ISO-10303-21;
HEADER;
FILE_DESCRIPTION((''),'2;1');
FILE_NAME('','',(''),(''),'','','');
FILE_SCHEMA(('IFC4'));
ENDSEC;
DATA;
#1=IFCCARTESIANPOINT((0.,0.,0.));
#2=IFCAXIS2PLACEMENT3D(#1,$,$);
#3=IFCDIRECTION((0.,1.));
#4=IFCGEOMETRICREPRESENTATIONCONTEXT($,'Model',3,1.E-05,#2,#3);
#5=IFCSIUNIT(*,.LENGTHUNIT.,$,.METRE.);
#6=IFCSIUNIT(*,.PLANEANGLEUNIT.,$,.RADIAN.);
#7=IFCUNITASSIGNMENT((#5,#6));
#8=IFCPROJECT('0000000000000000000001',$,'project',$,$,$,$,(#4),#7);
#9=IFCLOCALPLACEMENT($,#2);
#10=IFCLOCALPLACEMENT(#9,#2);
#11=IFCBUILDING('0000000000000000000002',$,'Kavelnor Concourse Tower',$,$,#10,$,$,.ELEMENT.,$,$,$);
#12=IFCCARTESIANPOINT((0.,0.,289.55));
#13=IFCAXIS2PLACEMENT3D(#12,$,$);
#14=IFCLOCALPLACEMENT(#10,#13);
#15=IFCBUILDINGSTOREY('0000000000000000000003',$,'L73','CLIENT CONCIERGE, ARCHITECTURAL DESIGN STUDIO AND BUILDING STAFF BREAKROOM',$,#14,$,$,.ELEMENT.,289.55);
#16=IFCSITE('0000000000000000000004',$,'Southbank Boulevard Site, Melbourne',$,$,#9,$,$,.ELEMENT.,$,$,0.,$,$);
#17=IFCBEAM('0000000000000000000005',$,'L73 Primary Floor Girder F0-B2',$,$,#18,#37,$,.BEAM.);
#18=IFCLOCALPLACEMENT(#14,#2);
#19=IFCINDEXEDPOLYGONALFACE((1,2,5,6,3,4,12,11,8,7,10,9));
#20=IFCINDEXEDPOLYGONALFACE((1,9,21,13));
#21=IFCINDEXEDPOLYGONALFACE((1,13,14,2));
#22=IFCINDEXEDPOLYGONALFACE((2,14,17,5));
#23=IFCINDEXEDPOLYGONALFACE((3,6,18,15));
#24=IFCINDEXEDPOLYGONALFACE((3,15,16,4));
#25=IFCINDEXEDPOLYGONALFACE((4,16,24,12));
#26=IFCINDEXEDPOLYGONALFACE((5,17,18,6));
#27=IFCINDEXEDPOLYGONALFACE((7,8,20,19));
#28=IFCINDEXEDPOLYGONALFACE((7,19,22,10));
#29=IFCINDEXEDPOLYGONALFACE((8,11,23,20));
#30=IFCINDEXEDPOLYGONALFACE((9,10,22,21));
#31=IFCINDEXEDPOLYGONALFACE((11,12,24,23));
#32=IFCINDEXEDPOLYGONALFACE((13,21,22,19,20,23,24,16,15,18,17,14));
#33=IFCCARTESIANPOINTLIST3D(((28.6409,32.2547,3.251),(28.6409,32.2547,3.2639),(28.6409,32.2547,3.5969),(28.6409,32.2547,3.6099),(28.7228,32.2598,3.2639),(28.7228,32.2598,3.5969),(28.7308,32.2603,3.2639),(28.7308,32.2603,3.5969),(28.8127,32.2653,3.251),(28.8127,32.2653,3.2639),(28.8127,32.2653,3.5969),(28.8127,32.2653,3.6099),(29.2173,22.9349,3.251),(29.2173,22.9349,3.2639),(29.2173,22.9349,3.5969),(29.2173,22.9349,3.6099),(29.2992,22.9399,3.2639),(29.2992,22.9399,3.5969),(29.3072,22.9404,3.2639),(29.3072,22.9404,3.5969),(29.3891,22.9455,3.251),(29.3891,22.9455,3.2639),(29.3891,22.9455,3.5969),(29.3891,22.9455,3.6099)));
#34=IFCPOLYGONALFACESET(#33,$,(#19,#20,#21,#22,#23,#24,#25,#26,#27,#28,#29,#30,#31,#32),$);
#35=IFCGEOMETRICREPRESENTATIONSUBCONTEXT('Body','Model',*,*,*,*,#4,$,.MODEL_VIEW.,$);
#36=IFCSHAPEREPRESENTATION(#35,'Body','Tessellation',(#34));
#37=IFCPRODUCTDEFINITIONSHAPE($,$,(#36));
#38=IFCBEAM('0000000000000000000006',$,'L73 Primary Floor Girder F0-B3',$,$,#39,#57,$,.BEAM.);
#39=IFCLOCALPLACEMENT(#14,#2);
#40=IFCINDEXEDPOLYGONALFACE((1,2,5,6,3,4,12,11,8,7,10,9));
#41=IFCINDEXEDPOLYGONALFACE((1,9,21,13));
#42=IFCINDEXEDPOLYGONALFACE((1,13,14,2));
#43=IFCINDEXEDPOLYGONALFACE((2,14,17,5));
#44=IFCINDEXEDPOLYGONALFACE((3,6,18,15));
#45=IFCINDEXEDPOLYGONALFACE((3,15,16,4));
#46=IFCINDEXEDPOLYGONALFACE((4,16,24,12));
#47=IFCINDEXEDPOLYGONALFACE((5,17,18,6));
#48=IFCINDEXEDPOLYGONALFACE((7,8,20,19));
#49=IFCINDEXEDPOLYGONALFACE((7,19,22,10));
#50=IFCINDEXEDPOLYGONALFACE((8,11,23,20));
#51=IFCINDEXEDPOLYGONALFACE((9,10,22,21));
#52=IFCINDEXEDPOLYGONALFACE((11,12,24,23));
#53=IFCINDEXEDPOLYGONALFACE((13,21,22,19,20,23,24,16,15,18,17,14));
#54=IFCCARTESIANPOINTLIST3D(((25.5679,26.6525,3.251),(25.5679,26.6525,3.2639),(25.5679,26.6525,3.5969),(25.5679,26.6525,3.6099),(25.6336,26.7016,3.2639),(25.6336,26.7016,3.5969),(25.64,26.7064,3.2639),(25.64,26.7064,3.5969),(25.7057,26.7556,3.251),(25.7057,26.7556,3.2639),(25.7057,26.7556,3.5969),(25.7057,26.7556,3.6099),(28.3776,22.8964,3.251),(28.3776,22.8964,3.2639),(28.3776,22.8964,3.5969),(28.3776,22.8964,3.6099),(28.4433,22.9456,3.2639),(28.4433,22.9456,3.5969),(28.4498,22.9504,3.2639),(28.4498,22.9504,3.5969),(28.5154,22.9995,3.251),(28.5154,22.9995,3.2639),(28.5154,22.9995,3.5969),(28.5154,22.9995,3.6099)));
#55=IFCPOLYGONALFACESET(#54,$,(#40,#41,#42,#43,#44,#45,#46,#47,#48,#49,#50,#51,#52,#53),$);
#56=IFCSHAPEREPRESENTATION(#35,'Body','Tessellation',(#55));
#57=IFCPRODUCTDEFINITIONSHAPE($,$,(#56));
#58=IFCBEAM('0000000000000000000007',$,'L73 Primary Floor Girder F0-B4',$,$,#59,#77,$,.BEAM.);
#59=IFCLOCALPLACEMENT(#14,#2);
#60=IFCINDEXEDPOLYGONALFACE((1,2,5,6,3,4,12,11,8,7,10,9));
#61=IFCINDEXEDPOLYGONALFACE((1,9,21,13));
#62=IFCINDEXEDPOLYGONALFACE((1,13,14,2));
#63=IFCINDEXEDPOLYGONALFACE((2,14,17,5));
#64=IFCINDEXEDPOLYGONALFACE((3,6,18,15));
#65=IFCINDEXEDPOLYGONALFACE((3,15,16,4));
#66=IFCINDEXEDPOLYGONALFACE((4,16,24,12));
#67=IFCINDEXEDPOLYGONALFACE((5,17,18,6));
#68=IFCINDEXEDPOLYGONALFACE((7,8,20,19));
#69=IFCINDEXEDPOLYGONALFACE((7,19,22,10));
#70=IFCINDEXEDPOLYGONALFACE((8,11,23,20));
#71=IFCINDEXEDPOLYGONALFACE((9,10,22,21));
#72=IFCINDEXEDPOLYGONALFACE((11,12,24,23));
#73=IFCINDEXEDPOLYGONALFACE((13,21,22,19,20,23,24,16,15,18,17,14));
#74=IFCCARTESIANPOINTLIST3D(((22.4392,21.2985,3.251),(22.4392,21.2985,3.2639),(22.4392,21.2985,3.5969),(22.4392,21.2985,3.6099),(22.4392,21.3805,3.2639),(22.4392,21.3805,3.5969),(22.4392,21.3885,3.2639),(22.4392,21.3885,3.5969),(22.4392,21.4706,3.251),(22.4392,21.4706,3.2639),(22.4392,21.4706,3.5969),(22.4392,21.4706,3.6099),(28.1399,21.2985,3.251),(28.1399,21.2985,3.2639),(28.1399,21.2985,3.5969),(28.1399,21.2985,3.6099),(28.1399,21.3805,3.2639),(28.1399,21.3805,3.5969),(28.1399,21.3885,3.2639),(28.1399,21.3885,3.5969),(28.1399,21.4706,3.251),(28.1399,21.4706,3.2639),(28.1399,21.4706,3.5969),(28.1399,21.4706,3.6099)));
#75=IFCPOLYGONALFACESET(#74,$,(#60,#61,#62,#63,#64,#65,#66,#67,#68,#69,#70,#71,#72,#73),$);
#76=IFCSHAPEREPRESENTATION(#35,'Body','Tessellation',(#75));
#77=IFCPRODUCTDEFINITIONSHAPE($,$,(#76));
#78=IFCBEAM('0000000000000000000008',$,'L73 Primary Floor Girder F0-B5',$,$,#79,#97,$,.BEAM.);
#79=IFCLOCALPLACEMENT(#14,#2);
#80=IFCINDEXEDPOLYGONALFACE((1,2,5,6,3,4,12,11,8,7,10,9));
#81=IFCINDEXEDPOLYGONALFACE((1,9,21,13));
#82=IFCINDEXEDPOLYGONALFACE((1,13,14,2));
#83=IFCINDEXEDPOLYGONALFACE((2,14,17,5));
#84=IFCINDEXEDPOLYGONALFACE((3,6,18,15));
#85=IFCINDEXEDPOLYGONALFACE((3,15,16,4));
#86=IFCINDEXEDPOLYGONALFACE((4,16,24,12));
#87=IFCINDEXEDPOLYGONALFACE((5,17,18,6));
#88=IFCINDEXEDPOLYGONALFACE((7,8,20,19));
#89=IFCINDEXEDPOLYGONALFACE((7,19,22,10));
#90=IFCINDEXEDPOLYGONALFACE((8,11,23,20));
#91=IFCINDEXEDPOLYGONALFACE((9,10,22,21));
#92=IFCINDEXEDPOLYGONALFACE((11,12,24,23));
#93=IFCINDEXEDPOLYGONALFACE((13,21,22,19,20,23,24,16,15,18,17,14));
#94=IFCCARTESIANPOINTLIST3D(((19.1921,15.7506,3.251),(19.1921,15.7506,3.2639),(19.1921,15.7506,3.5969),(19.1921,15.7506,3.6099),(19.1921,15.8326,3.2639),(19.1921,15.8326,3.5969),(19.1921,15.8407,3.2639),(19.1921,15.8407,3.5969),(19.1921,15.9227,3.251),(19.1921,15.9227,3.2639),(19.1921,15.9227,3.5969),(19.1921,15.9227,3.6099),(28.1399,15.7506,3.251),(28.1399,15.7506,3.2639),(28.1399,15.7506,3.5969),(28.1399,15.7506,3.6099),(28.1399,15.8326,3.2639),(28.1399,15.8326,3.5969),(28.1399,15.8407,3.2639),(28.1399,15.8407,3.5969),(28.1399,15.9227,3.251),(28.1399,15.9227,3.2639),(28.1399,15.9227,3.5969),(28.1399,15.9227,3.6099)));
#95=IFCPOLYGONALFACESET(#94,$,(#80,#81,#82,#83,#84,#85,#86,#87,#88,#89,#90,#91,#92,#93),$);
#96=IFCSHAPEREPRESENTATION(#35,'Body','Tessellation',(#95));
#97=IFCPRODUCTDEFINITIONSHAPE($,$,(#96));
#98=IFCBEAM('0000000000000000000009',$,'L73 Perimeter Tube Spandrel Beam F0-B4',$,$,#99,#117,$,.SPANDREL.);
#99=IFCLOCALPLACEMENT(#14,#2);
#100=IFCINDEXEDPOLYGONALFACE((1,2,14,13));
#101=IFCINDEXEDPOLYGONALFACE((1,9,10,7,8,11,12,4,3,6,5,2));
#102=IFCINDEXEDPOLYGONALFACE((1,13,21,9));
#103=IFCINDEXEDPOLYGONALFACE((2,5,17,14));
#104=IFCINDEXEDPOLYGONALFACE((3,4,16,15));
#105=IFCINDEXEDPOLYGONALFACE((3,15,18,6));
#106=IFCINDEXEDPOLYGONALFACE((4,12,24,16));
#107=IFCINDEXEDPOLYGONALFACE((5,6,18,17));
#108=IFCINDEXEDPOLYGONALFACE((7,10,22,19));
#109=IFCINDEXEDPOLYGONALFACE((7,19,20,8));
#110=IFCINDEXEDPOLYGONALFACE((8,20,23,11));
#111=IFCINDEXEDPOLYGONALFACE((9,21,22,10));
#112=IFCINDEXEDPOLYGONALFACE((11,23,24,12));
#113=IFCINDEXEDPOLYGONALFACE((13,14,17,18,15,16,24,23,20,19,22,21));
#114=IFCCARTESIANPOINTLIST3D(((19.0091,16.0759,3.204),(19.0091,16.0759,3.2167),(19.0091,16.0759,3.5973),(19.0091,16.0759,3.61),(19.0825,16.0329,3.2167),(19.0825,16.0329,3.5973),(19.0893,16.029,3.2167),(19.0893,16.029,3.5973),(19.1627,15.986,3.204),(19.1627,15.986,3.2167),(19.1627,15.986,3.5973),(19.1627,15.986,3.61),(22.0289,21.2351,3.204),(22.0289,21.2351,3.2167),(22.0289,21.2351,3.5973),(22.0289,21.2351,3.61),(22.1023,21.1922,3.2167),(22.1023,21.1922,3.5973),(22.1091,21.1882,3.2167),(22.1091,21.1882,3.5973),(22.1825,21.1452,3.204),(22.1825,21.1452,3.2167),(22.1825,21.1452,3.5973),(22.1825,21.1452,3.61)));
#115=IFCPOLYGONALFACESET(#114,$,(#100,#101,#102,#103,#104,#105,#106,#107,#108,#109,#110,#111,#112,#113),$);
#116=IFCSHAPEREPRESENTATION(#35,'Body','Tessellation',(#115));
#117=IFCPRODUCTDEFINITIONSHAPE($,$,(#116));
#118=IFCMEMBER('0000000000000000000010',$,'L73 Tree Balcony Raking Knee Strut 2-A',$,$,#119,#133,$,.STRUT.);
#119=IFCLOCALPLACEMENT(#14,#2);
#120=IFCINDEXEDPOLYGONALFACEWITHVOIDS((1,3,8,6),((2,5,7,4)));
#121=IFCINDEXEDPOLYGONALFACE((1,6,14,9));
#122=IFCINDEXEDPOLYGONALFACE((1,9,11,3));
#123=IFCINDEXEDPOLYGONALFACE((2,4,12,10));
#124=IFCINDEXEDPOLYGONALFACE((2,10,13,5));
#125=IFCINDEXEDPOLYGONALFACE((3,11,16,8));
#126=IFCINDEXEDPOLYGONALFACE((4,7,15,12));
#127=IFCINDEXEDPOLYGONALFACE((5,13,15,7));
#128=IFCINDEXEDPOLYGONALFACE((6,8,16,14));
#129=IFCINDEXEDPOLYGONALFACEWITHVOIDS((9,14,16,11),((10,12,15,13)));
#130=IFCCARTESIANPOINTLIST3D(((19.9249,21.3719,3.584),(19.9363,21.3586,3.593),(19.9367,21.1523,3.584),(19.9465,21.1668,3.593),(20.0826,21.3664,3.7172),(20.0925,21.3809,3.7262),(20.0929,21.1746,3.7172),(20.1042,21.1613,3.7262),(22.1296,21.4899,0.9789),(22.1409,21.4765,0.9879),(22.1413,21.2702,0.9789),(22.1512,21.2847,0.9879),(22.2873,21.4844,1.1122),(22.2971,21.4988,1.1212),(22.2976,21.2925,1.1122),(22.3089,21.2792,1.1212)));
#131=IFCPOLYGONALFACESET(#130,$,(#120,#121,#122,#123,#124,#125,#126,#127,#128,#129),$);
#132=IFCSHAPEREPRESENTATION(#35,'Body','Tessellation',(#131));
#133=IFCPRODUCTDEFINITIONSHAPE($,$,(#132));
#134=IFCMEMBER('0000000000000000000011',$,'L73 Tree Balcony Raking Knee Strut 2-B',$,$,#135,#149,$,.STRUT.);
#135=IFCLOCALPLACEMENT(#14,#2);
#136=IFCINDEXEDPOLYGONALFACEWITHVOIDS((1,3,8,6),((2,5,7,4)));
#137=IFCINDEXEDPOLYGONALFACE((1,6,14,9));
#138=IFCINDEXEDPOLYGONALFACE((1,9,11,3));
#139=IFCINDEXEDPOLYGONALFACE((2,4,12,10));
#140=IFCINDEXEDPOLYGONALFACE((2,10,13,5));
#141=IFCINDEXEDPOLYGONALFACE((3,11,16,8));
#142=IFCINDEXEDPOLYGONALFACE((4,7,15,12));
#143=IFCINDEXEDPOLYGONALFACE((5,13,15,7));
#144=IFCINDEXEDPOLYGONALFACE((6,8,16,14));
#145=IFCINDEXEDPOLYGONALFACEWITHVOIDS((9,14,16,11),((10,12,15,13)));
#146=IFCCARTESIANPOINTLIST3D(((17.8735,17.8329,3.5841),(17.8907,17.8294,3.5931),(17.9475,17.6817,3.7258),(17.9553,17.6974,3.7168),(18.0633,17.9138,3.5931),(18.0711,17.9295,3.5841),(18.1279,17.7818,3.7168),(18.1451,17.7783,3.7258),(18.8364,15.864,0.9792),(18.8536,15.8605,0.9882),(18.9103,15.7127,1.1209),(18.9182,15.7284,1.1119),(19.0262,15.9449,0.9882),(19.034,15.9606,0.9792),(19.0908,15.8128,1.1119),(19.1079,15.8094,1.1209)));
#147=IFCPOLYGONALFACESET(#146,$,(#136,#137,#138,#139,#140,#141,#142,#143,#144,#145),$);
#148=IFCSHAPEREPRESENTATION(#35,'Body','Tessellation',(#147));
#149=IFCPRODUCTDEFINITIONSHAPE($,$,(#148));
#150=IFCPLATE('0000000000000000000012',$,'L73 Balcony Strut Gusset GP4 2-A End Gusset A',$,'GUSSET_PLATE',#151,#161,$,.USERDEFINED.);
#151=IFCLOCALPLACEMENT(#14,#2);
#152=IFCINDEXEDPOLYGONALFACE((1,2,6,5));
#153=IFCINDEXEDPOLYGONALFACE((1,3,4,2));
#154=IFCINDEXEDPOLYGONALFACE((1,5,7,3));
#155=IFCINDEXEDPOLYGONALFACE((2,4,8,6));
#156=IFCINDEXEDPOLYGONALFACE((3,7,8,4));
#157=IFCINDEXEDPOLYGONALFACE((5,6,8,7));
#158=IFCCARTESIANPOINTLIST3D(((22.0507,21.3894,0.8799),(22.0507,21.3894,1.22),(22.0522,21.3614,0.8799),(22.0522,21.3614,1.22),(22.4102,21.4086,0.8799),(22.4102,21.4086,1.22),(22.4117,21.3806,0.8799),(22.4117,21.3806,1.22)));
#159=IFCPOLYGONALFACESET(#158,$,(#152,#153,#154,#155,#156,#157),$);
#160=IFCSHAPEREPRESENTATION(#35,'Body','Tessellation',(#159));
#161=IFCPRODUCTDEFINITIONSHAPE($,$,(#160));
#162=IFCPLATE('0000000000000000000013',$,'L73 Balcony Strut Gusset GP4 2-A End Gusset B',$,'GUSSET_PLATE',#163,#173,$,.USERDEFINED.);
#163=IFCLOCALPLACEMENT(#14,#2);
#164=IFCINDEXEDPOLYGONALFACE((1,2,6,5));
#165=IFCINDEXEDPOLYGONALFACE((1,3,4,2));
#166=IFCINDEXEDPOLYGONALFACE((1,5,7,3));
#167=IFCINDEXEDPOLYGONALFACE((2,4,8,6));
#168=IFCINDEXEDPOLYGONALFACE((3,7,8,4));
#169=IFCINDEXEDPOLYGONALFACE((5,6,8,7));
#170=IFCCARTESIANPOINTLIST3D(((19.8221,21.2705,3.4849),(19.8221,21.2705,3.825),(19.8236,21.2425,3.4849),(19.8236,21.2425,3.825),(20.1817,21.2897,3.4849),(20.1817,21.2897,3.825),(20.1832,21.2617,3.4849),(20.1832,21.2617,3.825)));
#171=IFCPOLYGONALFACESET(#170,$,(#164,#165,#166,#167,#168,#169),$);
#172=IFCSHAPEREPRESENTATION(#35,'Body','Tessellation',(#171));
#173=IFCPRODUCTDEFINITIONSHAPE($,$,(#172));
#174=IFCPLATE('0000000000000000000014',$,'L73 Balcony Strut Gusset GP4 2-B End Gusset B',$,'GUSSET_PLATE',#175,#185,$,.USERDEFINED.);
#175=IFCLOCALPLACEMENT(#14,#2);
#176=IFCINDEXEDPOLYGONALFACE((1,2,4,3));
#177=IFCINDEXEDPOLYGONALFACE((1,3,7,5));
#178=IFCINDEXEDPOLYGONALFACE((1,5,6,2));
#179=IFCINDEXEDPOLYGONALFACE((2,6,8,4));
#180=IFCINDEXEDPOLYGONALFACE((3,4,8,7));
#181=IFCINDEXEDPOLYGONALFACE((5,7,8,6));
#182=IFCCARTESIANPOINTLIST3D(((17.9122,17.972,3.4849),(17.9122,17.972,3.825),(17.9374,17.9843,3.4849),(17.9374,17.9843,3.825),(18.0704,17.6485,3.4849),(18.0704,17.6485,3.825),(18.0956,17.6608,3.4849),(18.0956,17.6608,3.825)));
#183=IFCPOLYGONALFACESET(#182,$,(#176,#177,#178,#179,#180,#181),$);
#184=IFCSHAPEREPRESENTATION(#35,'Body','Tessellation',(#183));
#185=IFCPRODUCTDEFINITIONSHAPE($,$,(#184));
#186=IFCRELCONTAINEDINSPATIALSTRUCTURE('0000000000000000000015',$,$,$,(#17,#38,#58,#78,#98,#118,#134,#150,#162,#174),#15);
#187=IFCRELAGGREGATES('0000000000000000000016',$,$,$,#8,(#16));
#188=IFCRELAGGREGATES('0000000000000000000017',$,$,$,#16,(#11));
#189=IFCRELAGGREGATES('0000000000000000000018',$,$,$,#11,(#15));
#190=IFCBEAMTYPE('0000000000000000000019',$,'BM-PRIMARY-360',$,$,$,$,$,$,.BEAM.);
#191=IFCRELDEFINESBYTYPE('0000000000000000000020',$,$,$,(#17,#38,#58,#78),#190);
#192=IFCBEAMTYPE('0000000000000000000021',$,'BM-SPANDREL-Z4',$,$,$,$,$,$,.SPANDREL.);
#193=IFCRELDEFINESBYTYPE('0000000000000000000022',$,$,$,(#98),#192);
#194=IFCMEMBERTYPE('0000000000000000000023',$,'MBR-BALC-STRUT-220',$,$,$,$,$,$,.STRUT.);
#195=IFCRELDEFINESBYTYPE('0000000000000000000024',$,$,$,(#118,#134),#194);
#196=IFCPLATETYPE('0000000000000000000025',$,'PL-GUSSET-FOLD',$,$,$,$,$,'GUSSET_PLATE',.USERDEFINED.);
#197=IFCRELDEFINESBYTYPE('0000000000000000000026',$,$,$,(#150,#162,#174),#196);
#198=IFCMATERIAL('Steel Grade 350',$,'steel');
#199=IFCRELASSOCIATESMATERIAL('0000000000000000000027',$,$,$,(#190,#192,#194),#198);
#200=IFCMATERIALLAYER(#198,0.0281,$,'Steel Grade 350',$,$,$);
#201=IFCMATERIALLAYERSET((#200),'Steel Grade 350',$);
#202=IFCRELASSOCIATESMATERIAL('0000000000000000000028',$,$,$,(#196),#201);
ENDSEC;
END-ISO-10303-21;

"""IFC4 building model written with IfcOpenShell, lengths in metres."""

from ifc_helpers import new_model, si_unit, direction, frame, origin, origin_2d, place, context, subcontext, project, spatial, rectangle, hollow_rectangle, i_section, extrude, material, layer, layer_set, material_profile, profile_set, type_object, element, save


model = new_model("IFC4")

# Units and contexts
model_context = context("Model", 3, precision=1e-05, world=origin(), true_north=direction((0.0, 1.0)))
body_context = subcontext(model_context, "Body", "Model", "MODEL_VIEW")
ifc_project = project(units=[si_unit("LENGTHUNIT", "METRE"), si_unit("PLANEANGLEUNIT", "RADIAN")], contexts=[model_context])

# Site, building, storey
site_placement = place(None, origin())
site = spatial("IfcSite", under=ifc_project, at=site_placement, Name="Southbank Boulevard Site, Melbourne", CompositionType="ELEMENT", RefElevation=0.0)
building_placement = place(site_placement, origin())
building = spatial("IfcBuilding", under=site, at=building_placement, Name="Kavelnor Concourse Tower", CompositionType="ELEMENT")
storey_placement = place(building_placement, frame((0.0, 0.0, 289.55)))
storey = spatial("IfcBuildingStorey", under=building, at=storey_placement, Name="L73", Description="CLIENT CONCIERGE, ARCHITECTURAL DESIGN STUDIO AND BUILDING STAFF BREAKROOM", CompositionType="ELEMENT", Elevation=289.55)

# Shared definitions
ifc_material_1 = material(Name="Steel Grade 350", Category="steel")

# Beams
ifc_material_profile_1 = material_profile(ifc_material_1, i_section(OverallWidth=0.1721, OverallDepth=0.3589, WebThickness=0.0081, FlangeThickness=0.0129, at=origin_2d()), Name="360UB56")
ifc_profile_set_1 = profile_set([ifc_material_profile_1], Name="Steel Grade 350")
beam_type_1 = type_object("IfcBeamType", Name="BM-PRIMARY-360", PredefinedType="BEAM", material=ifc_profile_set_1)
beam_1_placement = place(storey_placement, frame((29.3032, 22.9402, 3.4304), z_axis=(-0.06173, 0.998093, 0.0), x_axis=(-0.998093, -0.06173, 0.0)))
element("IfcBeam", 1, at=beam_1_placement, inside=storey, type_object=beam_type_1, Name="L73 Primary Floor Girder F0-B2", PredefinedType="BEAM", context=body_context, shape_type="SweptSolid", body=[
    extrude(i_section(OverallWidth=0.1721, OverallDepth=0.3589, WebThickness=0.0081, FlangeThickness=0.0129, at=origin_2d()), origin(), (0.0, 0.0, 1.0), 9.3376),
])
beam_2_placement = place(storey_placement, frame((28.4465, 22.948, 3.4304), z_axis=(-0.599009, 0.800743, 0.0), x_axis=(-0.800743, -0.599009, 0.0)))
element("IfcBeam", 2, at=beam_2_placement, inside=storey, type_object=beam_type_1, Name="L73 Primary Floor Girder F0-B3", PredefinedType="BEAM", context=body_context, shape_type="SweptSolid", body=[
    extrude(i_section(OverallWidth=0.1721, OverallDepth=0.3589, WebThickness=0.0081, FlangeThickness=0.0129, at=origin_2d()), origin(), (0.0, 0.0, 1.0), 4.6907),
])
beam_3_placement = place(storey_placement, frame((28.1399, 21.3845, 3.4304), z_axis=(-1.0, 0.0, 0.0), x_axis=(0.0, -1.0, 0.0)))
element("IfcBeam", 3, at=beam_3_placement, inside=storey, type_object=beam_type_1, Name="L73 Primary Floor Girder F0-B4", PredefinedType="BEAM", context=body_context, shape_type="SweptSolid", body=[
    extrude(i_section(OverallWidth=0.1721, OverallDepth=0.3589, WebThickness=0.0081, FlangeThickness=0.0129, at=origin_2d()), origin(), (0.0, 0.0, 1.0), 5.7007),
])
beam_4_placement = place(storey_placement, frame((28.1399, 15.8367, 3.4304), z_axis=(-1.0, 0.0, 0.0), x_axis=(0.0, -1.0, 0.0)))
element("IfcBeam", 4, at=beam_4_placement, inside=storey, type_object=beam_type_1, Name="L73 Primary Floor Girder F0-B5", PredefinedType="BEAM", context=body_context, shape_type="SweptSolid", body=[
    extrude(i_section(OverallWidth=0.1721, OverallDepth=0.3589, WebThickness=0.0081, FlangeThickness=0.0129, at=origin_2d()), origin(), (0.0, 0.0, 1.0), 8.9478),
])
ifc_material_profile_2 = material_profile(ifc_material_1, i_section(OverallWidth=0.178, OverallDepth=0.406, WebThickness=0.0078, FlangeThickness=0.0127, at=origin_2d()), Name="410UB59")
ifc_profile_set_2 = profile_set([ifc_material_profile_2], Name="Steel Grade 350")
beam_type_2 = type_object("IfcBeamType", Name="BM-SPANDREL-Z4", PredefinedType="SPANDREL", material=ifc_profile_set_2)
beam_5_placement = place(storey_placement, frame((22.1057, 21.1902, 3.407), z_axis=(-0.50515, -0.863031, 0.0), x_axis=(0.863031, -0.50515, 0.0)))
element("IfcBeam", 5, at=beam_5_placement, inside=storey, type_object=beam_type_2, Name="L73 Perimeter Tube Spandrel Beam F0-B4", PredefinedType="SPANDREL", context=body_context, shape_type="SweptSolid", body=[
    extrude(i_section(OverallWidth=0.178, OverallDepth=0.406, WebThickness=0.0078, FlangeThickness=0.0127, at=origin_2d()), origin(), (0.0, 0.0, 1.0), 5.978),
])

# Members
ifc_material_profile_3 = material_profile(ifc_material_1, hollow_rectangle(XDim=0.22, YDim=0.22, WallThickness=0.0139, at=origin_2d()), Name="SHS 220x220x14")
ifc_profile_set_3 = profile_set([ifc_material_profile_3], Name="Steel Grade 350")
member_type = type_object("IfcMemberType", Name="MBR-BALC-STRUT-220", PredefinedType="STRUT", material=ifc_profile_set_3)
member_1_placement = place(storey_placement, frame((22.2192, 21.3845, 1.05), z_axis=(-0.645621, -0.034533, 0.762877), x_axis=(0.053412, -0.998573, 0.0)))
element("IfcMember", 6, at=member_1_placement, inside=storey, type_object=member_type, Name="L73 Tree Balcony Raking Knee Strut 2-A", PredefinedType="STRUT", context=body_context, shape_type="SweptSolid", body=[
    extrude(hollow_rectangle(XDim=0.22, YDim=0.22, WallThickness=0.0139, at=origin_2d()), origin(), (0.0, 0.0, 1.0), 3.4148),
])
member_2_placement = place(storey_placement, frame((18.9722, 15.8367, 1.05), z_axis=(-0.282836, 0.578365, 0.765178), x_axis=(-0.898336, -0.43931, 0.0)))
element("IfcMember", 7, at=member_2_placement, inside=storey, type_object=member_type, Name="L73 Tree Balcony Raking Knee Strut 2-B", PredefinedType="STRUT", context=body_context, shape_type="SweptSolid", body=[
    extrude(hollow_rectangle(XDim=0.22, YDim=0.22, WallThickness=0.0139, at=origin_2d()), origin(), (0.0, 0.0, 1.0), 3.4043),
])

# Plates
ifc_layer_1 = layer(ifc_material_1, 0.0281, Name="Steel Grade 350")
ifc_layer_set_1 = layer_set([ifc_layer_1], Name="Steel Grade 350")
plate_type = type_object("IfcPlateType", Name="PL-GUSSET-FOLD", ElementType="GUSSET_PLATE", PredefinedType="USERDEFINED", material=ifc_layer_set_1)
for number, where, z_axis, x_axis, name in (
    (8, (22.2312, 21.385, 0.8799), (0.0, 0.0, 1.0), (-0.998574, -0.053382, 0.0), "L73 Balcony Strut Gusset GP4 2-A End Gusset A"),
    (9, (20.0027, 21.2661, 3.4849), (0.0, 0.0, 1.0), (-0.998574, -0.053382, 0.0), "L73 Balcony Strut Gusset GP4 2-A End Gusset B"),
    (10, (18.0039, 17.8164, 3.4849), (0.0, 0.0, 1.0), (-0.439312, 0.898334, 0.0), "L73 Balcony Strut Gusset GP4 2-B End Gusset B"),
):
    element("IfcPlate", number, at=place(storey_placement, frame(where, z_axis=z_axis, x_axis=x_axis)), inside=storey, type_object=plate_type, Name=name, ObjectType="GUSSET_PLATE", PredefinedType="USERDEFINED", context=body_context, shape_type="SweptSolid", body=[
        extrude(rectangle(XDim=0.3601, YDim=0.0281, at=origin_2d()), origin(), (0.0, 0.0, 1.0), 0.3401),
    ])

save(model, "model.ifc")
